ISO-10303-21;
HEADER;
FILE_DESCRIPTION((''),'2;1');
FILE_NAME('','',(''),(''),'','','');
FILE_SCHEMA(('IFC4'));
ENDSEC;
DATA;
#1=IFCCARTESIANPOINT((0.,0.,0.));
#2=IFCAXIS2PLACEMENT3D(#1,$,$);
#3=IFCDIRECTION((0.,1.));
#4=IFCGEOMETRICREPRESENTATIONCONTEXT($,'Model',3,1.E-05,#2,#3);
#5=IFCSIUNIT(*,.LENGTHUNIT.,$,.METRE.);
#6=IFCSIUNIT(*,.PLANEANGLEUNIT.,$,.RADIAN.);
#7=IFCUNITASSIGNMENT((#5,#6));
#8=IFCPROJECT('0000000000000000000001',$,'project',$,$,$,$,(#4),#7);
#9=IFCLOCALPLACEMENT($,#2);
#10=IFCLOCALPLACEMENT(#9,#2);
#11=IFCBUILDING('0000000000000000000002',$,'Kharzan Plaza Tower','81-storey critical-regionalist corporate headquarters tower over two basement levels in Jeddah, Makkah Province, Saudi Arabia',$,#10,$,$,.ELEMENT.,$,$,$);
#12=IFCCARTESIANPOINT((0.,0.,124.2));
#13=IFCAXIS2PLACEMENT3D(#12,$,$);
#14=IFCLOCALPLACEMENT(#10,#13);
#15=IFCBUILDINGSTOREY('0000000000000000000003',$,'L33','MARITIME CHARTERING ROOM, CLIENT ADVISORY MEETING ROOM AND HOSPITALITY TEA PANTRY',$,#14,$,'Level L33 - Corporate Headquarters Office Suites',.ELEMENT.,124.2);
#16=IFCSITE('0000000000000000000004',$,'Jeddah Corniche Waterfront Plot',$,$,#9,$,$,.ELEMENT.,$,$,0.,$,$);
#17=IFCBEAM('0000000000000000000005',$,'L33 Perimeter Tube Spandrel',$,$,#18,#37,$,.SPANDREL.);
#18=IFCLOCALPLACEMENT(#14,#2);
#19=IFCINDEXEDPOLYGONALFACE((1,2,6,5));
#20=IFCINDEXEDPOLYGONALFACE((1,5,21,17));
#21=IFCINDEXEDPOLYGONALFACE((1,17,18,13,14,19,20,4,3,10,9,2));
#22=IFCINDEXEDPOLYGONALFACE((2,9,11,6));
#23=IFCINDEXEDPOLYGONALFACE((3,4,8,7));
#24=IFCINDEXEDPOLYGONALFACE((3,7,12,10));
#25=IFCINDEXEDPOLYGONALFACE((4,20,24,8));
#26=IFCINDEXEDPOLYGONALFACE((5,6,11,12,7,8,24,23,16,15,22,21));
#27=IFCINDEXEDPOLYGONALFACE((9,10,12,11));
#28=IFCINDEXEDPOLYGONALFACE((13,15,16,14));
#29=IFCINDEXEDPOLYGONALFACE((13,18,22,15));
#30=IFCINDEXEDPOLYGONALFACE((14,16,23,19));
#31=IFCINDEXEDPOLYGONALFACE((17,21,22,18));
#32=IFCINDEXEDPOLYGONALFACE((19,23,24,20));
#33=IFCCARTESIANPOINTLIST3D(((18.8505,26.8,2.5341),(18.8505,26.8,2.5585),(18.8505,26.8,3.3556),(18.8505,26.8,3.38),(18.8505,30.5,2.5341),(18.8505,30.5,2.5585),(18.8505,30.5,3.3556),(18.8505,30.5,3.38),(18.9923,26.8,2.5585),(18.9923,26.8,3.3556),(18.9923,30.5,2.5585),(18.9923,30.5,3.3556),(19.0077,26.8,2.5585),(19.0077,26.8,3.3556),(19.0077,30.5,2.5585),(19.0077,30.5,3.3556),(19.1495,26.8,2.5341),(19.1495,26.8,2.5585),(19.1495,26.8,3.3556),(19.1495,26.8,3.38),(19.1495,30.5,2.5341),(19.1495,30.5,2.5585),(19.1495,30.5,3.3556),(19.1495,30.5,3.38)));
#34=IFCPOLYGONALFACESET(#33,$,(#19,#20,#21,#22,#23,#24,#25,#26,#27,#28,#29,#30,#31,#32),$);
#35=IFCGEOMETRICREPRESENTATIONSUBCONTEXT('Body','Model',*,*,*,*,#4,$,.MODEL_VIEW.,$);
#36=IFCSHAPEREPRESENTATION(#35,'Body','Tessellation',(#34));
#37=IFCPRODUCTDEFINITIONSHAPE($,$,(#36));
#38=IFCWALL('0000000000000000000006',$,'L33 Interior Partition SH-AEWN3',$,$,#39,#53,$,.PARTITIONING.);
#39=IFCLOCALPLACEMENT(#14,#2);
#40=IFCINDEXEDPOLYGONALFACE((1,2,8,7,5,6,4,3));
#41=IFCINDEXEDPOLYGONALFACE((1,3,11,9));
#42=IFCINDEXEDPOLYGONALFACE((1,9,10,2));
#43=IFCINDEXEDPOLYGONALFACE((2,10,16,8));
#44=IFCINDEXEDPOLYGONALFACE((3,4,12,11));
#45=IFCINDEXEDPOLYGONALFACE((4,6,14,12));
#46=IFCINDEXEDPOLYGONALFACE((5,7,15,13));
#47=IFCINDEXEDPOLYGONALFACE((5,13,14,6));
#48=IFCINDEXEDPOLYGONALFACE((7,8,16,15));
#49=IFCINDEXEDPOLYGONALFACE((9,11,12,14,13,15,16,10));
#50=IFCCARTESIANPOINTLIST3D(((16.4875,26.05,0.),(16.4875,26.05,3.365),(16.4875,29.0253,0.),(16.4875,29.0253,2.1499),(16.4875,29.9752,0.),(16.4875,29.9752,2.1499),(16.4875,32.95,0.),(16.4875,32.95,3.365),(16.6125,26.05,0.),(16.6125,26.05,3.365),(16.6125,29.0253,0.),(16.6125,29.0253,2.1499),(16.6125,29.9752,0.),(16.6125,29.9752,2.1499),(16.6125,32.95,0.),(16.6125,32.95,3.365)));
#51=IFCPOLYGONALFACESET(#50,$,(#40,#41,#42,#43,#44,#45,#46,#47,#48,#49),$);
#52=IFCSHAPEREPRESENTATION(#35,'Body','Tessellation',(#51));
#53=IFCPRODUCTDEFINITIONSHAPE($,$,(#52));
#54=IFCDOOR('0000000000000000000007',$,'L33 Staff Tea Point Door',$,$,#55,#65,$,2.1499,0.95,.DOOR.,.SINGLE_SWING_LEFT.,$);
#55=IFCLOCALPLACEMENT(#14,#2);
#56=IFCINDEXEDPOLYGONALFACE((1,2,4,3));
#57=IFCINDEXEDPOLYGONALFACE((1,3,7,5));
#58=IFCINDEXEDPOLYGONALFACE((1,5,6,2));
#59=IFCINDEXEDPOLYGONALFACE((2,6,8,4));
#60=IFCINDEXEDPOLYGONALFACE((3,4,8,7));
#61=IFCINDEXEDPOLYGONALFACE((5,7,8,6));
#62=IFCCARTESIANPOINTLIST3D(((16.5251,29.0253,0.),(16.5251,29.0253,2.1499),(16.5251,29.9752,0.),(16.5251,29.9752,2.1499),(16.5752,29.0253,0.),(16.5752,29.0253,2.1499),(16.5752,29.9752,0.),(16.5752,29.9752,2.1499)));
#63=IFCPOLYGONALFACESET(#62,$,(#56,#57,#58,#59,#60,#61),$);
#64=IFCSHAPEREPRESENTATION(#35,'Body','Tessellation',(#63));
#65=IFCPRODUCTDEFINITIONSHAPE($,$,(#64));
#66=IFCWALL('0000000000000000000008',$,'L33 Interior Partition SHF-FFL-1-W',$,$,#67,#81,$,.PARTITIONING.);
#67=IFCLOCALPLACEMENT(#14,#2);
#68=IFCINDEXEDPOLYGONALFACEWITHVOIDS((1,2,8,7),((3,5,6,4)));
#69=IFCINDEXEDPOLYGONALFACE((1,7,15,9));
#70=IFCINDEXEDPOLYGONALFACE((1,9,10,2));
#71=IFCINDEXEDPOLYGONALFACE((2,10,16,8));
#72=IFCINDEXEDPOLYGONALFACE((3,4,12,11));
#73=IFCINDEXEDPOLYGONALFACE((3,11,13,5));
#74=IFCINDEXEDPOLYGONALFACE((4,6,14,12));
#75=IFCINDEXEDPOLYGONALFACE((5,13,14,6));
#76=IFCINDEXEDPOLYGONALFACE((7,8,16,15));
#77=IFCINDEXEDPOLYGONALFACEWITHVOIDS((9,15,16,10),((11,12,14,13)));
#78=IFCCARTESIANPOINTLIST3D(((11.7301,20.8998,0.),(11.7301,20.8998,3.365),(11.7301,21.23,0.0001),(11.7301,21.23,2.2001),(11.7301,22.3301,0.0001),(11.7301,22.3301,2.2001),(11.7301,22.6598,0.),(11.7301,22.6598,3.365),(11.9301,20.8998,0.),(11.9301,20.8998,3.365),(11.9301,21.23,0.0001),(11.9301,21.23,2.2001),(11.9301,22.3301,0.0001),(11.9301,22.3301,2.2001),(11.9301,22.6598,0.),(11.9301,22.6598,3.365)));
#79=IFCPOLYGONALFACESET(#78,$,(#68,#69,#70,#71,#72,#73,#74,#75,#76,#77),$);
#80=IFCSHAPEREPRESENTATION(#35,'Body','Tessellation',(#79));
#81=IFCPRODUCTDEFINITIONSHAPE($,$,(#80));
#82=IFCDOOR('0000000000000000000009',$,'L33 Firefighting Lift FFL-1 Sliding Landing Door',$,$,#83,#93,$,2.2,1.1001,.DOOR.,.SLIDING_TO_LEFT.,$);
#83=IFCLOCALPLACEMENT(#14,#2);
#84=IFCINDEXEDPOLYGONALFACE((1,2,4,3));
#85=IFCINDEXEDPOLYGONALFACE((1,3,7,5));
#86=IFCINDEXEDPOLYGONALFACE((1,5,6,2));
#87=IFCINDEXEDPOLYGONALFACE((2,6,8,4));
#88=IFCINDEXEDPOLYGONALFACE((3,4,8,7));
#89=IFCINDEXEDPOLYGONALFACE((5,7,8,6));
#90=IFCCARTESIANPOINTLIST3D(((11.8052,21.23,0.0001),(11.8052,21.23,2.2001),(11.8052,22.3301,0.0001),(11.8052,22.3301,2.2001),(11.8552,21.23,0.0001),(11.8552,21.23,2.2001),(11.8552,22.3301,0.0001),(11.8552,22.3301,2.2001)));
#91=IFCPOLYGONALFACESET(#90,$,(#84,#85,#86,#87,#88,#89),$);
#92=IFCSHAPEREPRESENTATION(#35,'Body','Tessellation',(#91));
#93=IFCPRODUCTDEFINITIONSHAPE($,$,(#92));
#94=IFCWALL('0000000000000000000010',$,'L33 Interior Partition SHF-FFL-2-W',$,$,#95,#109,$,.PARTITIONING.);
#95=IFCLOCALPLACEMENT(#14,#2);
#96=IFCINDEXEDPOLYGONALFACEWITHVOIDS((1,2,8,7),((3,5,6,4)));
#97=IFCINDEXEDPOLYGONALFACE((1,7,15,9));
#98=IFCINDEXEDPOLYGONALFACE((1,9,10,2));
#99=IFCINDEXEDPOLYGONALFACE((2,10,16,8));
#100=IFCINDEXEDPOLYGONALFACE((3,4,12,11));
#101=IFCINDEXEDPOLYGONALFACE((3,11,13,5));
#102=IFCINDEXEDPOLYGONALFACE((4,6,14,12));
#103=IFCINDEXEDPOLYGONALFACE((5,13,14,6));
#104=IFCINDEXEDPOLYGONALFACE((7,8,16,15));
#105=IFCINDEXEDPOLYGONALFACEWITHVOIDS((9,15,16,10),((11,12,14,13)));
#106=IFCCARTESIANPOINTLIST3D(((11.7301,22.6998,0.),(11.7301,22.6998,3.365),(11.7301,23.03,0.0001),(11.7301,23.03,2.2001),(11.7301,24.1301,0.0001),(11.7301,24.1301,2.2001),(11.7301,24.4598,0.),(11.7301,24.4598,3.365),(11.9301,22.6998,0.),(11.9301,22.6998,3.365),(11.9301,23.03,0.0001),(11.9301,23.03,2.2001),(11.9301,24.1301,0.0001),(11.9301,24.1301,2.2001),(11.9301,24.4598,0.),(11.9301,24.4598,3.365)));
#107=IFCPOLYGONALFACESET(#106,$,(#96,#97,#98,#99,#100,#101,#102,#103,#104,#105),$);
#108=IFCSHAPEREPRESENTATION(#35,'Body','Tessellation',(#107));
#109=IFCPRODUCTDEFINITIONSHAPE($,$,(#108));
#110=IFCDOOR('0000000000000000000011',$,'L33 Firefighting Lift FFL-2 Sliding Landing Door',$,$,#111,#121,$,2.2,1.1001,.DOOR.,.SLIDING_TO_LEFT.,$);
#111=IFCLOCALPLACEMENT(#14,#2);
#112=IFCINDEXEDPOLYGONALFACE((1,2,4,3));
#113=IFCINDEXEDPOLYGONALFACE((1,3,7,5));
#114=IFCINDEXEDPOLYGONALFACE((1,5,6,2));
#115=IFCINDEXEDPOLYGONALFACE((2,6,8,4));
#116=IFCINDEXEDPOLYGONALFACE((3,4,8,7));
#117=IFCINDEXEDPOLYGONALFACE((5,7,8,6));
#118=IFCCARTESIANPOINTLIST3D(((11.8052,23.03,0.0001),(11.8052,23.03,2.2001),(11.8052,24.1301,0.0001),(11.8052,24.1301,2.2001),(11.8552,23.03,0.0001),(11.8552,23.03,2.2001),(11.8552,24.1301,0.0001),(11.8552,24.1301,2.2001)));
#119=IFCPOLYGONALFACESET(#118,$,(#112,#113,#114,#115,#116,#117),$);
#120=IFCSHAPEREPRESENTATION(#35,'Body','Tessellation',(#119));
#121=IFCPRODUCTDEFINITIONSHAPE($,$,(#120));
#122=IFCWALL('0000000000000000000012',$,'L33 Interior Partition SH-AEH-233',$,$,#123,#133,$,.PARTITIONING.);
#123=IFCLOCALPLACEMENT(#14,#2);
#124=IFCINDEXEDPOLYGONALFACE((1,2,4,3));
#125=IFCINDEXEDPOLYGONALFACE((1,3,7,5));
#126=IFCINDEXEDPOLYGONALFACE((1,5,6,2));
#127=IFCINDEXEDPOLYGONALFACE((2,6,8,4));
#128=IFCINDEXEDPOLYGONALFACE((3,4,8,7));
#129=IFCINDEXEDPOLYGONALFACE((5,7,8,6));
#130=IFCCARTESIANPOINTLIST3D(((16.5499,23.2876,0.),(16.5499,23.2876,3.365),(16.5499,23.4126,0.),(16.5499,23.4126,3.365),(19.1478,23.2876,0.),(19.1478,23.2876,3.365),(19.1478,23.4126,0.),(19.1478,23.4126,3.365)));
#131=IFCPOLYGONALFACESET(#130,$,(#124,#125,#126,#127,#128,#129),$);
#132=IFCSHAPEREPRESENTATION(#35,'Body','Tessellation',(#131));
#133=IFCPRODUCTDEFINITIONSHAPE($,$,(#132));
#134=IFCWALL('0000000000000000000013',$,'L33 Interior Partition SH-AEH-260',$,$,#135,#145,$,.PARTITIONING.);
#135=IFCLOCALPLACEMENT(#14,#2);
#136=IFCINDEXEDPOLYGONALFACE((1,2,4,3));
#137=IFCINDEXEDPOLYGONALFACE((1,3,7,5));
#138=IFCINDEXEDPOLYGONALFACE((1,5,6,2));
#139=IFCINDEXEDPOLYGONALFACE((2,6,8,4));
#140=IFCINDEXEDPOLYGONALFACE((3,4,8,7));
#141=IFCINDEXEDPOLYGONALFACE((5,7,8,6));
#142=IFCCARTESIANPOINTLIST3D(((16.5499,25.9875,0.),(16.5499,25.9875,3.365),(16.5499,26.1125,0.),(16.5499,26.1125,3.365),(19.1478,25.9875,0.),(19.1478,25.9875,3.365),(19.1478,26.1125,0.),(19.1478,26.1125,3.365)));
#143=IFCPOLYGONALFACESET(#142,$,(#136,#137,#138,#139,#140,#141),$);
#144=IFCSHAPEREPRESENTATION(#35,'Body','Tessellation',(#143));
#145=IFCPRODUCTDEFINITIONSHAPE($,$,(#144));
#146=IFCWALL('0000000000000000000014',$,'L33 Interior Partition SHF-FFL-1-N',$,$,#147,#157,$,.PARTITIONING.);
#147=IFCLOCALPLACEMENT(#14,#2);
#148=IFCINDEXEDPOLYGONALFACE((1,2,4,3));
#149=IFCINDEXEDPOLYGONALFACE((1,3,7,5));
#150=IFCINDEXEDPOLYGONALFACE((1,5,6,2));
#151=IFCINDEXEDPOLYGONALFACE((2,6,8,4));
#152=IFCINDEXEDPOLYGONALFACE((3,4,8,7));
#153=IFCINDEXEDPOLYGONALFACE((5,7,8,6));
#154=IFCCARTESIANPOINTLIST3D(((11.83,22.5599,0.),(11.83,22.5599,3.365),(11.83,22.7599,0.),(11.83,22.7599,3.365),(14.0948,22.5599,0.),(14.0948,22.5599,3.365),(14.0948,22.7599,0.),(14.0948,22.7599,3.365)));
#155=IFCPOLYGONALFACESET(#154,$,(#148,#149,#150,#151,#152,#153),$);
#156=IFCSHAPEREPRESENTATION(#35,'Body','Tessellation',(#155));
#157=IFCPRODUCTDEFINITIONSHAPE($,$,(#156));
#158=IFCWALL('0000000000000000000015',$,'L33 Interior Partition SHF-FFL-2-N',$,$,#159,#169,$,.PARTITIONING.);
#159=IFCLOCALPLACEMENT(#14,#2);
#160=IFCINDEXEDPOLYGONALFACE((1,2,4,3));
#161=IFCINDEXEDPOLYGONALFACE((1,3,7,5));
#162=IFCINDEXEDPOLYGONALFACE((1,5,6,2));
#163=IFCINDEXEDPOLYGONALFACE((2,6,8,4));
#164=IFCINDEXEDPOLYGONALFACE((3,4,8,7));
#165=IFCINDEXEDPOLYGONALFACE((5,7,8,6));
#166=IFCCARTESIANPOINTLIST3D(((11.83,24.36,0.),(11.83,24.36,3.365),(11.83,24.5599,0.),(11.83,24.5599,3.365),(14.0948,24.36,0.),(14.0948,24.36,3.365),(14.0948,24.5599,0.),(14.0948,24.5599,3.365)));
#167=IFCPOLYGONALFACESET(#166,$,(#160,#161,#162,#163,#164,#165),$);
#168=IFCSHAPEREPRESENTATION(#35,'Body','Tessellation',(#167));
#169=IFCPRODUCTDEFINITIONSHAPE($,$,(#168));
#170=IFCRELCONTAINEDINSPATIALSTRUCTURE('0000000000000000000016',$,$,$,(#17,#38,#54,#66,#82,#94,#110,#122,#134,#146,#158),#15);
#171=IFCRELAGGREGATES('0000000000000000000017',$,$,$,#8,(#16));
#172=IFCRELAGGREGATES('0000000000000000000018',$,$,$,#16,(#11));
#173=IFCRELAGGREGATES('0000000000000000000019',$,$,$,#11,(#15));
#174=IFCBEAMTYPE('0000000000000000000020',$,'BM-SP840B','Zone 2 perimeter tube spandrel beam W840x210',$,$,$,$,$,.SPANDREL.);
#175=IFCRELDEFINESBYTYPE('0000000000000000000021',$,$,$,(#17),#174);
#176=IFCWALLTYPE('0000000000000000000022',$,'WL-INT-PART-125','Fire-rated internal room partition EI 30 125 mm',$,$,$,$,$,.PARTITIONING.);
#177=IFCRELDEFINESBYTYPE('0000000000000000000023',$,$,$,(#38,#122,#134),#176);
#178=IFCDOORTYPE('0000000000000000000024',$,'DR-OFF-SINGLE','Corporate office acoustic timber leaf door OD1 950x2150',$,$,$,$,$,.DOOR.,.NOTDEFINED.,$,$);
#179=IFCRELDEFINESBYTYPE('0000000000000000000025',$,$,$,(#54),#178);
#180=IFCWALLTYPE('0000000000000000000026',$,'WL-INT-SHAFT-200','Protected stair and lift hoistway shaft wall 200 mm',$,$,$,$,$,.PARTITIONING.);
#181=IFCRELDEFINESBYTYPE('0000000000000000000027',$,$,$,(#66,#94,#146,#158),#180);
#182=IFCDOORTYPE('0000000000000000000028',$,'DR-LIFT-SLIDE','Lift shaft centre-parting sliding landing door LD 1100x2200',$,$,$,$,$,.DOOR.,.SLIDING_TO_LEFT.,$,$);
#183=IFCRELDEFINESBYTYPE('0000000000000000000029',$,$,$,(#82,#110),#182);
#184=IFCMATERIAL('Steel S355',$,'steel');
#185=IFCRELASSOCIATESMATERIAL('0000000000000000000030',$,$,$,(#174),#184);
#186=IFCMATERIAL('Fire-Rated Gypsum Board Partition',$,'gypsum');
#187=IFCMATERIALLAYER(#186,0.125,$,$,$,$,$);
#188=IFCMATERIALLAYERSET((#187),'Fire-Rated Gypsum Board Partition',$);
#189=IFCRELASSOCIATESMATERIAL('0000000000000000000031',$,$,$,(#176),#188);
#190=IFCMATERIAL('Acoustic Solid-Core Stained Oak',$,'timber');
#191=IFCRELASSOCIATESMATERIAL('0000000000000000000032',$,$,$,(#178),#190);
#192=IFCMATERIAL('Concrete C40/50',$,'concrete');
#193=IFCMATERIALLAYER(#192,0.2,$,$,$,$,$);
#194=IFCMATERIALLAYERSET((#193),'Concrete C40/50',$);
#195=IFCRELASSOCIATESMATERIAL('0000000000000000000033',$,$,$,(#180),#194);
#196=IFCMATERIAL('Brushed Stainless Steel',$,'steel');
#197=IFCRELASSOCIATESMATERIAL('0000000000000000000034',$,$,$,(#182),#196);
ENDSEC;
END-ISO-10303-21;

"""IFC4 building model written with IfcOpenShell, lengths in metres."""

from ifc_helpers import new_model, si_unit, direction, frame, frame_2d, origin, origin_2d, place, context, subcontext, project, spatial, rectangle, i_section, extrude, source, transform, mapped, material, layer, layer_set, material_profile, profile_set, type_object, element, fill, save


model = new_model("IFC4")

# Units and contexts
model_context = context("Model", 3, precision=1e-05, world=origin(), true_north=direction((0.0, 1.0)))
body_context = subcontext(model_context, "Body", "Model", "MODEL_VIEW")
ifc_project = project(units=[si_unit("LENGTHUNIT", "METRE"), si_unit("PLANEANGLEUNIT", "RADIAN")], contexts=[model_context])

# Site, building, storey
site_placement = place(None, origin())
site = spatial("IfcSite", under=ifc_project, at=site_placement, Name="Jeddah Corniche Waterfront Plot", CompositionType="ELEMENT", RefElevation=0.0)
building_placement = place(site_placement, origin())
building = spatial("IfcBuilding", under=site, at=building_placement, Name="Kharzan Plaza Tower", Description="81-storey critical-regionalist corporate headquarters tower over two basement levels in Jeddah, Makkah Province, Saudi Arabia", CompositionType="ELEMENT")
storey_placement = place(building_placement, frame((0.0, 0.0, 124.2)))
storey = spatial("IfcBuildingStorey", under=building, at=storey_placement, Name="L33", Description="MARITIME CHARTERING ROOM, CLIENT ADVISORY MEETING ROOM AND HOSPITALITY TEA PANTRY", LongName="Level L33 - Corporate Headquarters Office Suites", CompositionType="ELEMENT", Elevation=124.2)

# Beam
ifc_material_1 = material(Name="Steel S355", Category="steel")
ifc_material_profile_1 = material_profile(ifc_material_1, i_section(OverallWidth=0.2991, OverallDepth=0.8459, WebThickness=0.0154, FlangeThickness=0.0244, at=origin_2d()), Name="W840x210")
ifc_profile_set_1 = profile_set([ifc_material_profile_1], Name="Steel S355")
beam_type_1 = type_object("IfcBeamType", Name="BM-SP840B", Description="Zone 2 perimeter tube spandrel beam W840x210", PredefinedType="SPANDREL", material=ifc_profile_set_1)
shared_shape_1 = source(origin(), body_context, "Body", "SweptSolid", [
    extrude(i_section(OverallWidth=0.2991, OverallDepth=0.8459, WebThickness=0.0154, FlangeThickness=0.0244, at=origin_2d()), origin(), (0.0, 0.0, 1.0), 3.7),
])
beam_1_placement = place(storey_placement, frame((19.0, 26.8, 2.957), z_axis=(0.0, 1.0, 0.0), x_axis=(-1.0, 0.0, 0.0)))
element("IfcBeam", 1, at=beam_1_placement, inside=storey, type_object=beam_type_1, Name="L33 Perimeter Tube Spandrel", PredefinedType="SPANDREL", context=body_context, shape_type="MappedRepresentation", body=[
    mapped(shared_shape_1, transform((0.0, 0.0, 0.0), x_axis=(1.0, 0.0, 0.0), y_axis=(0.0, 1.0, 0.0), z_axis=(0.0, 0.0, 1.0))),
])

# Walls, openings, doors
ifc_material_2 = material(Name="Concrete C40/50", Category="concrete")
ifc_material_3 = material(Name="Fire-Rated Gypsum Board Partition", Category="gypsum")
ifc_layer_1 = layer(ifc_material_3, 0.125)
ifc_layer_set_1 = layer_set([ifc_layer_1], Name="Fire-Rated Gypsum Board Partition")
wall_type_1 = type_object("IfcWallType", Name="WL-INT-PART-125", Description="Fire-rated internal room partition EI 30 125 mm", PredefinedType="PARTITIONING", material=ifc_layer_set_1)
wall_1_placement = place(storey_placement, frame((16.55, 26.05, 0.0), z_axis=(0.0, 0.0, 1.0), x_axis=(0.0, 1.0, 0.0)))
wall_1 = element("IfcWall", 2, at=wall_1_placement, inside=storey, type_object=wall_type_1, Name="L33 Interior Partition SH-AEWN3", PredefinedType="PARTITIONING", context=body_context, shape_type="SweptSolid", body=[
    extrude(rectangle(XDim=6.8999, YDim=0.125, at=frame_2d((3.45, 0.0))), origin(), (0.0, 0.0, 1.0), 3.365),
])
opening_1_placement = place(wall_1_placement, frame((2.9751, 0.0, 0.0)))
opening_1 = element("IfcOpeningElement", 3, at=opening_1_placement, cuts=wall_1, PredefinedType="OPENING", context=body_context, shape_type="SweptSolid", body=[
    extrude(rectangle(XDim=0.95, YDim=2.1499, at=frame_2d((0.4751, 1.075))), frame((0.0, 0.0725, 0.0), z_axis=(0.0, -1.0, 0.0), x_axis=(1.0, 0.0, 0.0)), (0.0, 0.0, 1.0), 0.145),
])
ifc_material_4 = material(Name="Acoustic Solid-Core Stained Oak", Category="timber")
door_type_1 = type_object("IfcDoorType", Name="DR-OFF-SINGLE", Description="Corporate office acoustic timber leaf door OD1 950x2150", OperationType="NOTDEFINED", PredefinedType="DOOR", material=ifc_material_4)
shared_shape_2 = source(origin(), body_context, "Body", "SweptSolid", [
    extrude(rectangle(XDim=0.95, YDim=2.1499, at=frame_2d((0.4751, 1.075))), frame((0.0, 0.0249, 0.0), z_axis=(0.0, -1.0, 0.0), x_axis=(1.0, 0.0, 0.0)), (0.0, 0.0, 1.0), 0.05),
])
door_1_placement = place(opening_1_placement, origin())
door_1 = element("IfcDoor", 4, at=door_1_placement, inside=storey, type_object=door_type_1, Name="L33 Staff Tea Point Door", OperationType="SINGLE_SWING_LEFT", OverallHeight=2.1499, OverallWidth=0.95, PredefinedType="DOOR", context=body_context, shape_type="MappedRepresentation", body=[
    mapped(shared_shape_2, transform((0.0, 0.0, 0.0), x_axis=(1.0, 0.0, 0.0), y_axis=(0.0, 1.0, 0.0), z_axis=(0.0, 0.0, 1.0))),
])
fill(opening_1, door_1)
ifc_layer_2 = layer(ifc_material_2, 0.2)
ifc_layer_set_2 = layer_set([ifc_layer_2], Name="Concrete C40/50")
wall_type_2 = type_object("IfcWallType", Name="WL-INT-SHAFT-200", Description="Protected stair and lift hoistway shaft wall 200 mm", PredefinedType="PARTITIONING", material=ifc_layer_set_2)
wall_2_placement = place(storey_placement, frame((11.8301, 20.8999, 0.0), z_axis=(0.0, 0.0, 1.0), x_axis=(0.0, 1.0, 0.0)))
wall_2 = element("IfcWall", 5, at=wall_2_placement, inside=storey, type_object=wall_type_2, Name="L33 Interior Partition SHF-FFL-1-W", PredefinedType="PARTITIONING", context=body_context, shape_type="SweptSolid", body=[
    extrude(rectangle(XDim=1.76, YDim=0.2, at=frame_2d((0.8799, 0.0))), origin(), (0.0, 0.0, 1.0), 3.365),
])
opening_2_placement = place(wall_2_placement, frame((0.3301, 0.0, 0.0)))
opening_2 = element("IfcOpeningElement", 6, at=opening_2_placement, cuts=wall_2, PredefinedType="OPENING", context=body_context, shape_type="SweptSolid", body=[
    extrude(rectangle(XDim=1.1001, YDim=2.2, at=frame_2d((0.55, 1.1001))), frame((0.0, 0.1099, 0.0), z_axis=(0.0, -1.0, 0.0), x_axis=(1.0, 0.0, 0.0)), (0.0, 0.0, 1.0), 0.22),
])
ifc_material_5 = material(Name="Brushed Stainless Steel", Category="steel")
door_type_2 = type_object("IfcDoorType", Name="DR-LIFT-SLIDE", Description="Lift shaft centre-parting sliding landing door LD 1100x2200", OperationType="SLIDING_TO_LEFT", PredefinedType="DOOR", material=ifc_material_5)
shared_shape_3 = source(origin(), body_context, "Body", "SweptSolid", [
    extrude(rectangle(XDim=1.1001, YDim=2.2, at=frame_2d((0.55, 1.1001))), frame((0.0, 0.0249, 0.0), z_axis=(0.0, -1.0, 0.0), x_axis=(1.0, 0.0, 0.0)), (0.0, 0.0, 1.0), 0.05),
])
door_2_placement = place(opening_2_placement, origin())
door_2 = element("IfcDoor", 7, at=door_2_placement, inside=storey, type_object=door_type_2, Name="L33 Firefighting Lift FFL-1 Sliding Landing Door", OperationType="SLIDING_TO_LEFT", OverallHeight=2.2, OverallWidth=1.1001, PredefinedType="DOOR", context=body_context, shape_type="MappedRepresentation", body=[
    mapped(shared_shape_3, transform((0.0, 0.0, 0.0), x_axis=(1.0, 0.0, 0.0), y_axis=(0.0, 1.0, 0.0), z_axis=(0.0, 0.0, 1.0))),
])
fill(opening_2, door_2)
wall_3_placement = place(storey_placement, frame((11.8301, 22.7, 0.0), z_axis=(0.0, 0.0, 1.0), x_axis=(0.0, 1.0, 0.0)))
wall_3 = element("IfcWall", 8, at=wall_3_placement, inside=storey, type_object=wall_type_2, Name="L33 Interior Partition SHF-FFL-2-W", PredefinedType="PARTITIONING", context=body_context, shape_type="SweptSolid", body=[
    extrude(rectangle(XDim=1.76, YDim=0.2, at=frame_2d((0.8799, 0.0))), origin(), (0.0, 0.0, 1.0), 3.365),
])
opening_3_placement = place(wall_3_placement, frame((0.3301, 0.0, 0.0)))
opening_3 = element("IfcOpeningElement", 9, at=opening_3_placement, cuts=wall_3, PredefinedType="OPENING", context=body_context, shape_type="SweptSolid", body=[
    extrude(rectangle(XDim=1.1001, YDim=2.2, at=frame_2d((0.55, 1.1001))), frame((0.0, 0.1099, 0.0), z_axis=(0.0, -1.0, 0.0), x_axis=(1.0, 0.0, 0.0)), (0.0, 0.0, 1.0), 0.22),
])
door_3_placement = place(opening_3_placement, origin())
door_3 = element("IfcDoor", 10, at=door_3_placement, inside=storey, type_object=door_type_2, Name="L33 Firefighting Lift FFL-2 Sliding Landing Door", OperationType="SLIDING_TO_LEFT", OverallHeight=2.2, OverallWidth=1.1001, PredefinedType="DOOR", context=body_context, shape_type="MappedRepresentation", body=[
    mapped(shared_shape_3, transform((0.0, 0.0, 0.0), x_axis=(1.0, 0.0, 0.0), y_axis=(0.0, 1.0, 0.0), z_axis=(0.0, 0.0, 1.0))),
])
fill(opening_3, door_3)

# Walls
shared_shape_4 = source(origin(), body_context, "Body", "SweptSolid", [
    extrude(rectangle(XDim=2.5979, YDim=0.125, at=frame_2d((1.2988, 0.0))), origin(), (0.0, 0.0, 1.0), 3.365),
])
for number, where, z_axis, x_axis, name in (
    (11, (16.55, 23.3501, 0.0), (0.0, 0.0, 1.0), (1.0, 0.0, 0.0), "L33 Interior Partition SH-AEH-233"),
    (12, (16.55, 26.05, 0.0), (0.0, 0.0, 1.0), (1.0, 0.0, 0.0), "L33 Interior Partition SH-AEH-260"),
):
    element("IfcWall", number, at=place(storey_placement, frame(where, z_axis=z_axis, x_axis=x_axis)), inside=storey, type_object=wall_type_1, Name=name, PredefinedType="PARTITIONING", context=body_context, shape_type="MappedRepresentation", body=[
        mapped(shared_shape_4, transform((0.0, 0.0, 0.0), x_axis=(1.0, 0.0, 0.0), y_axis=(0.0, 1.0, 0.0), z_axis=(0.0, 0.0, 1.0))),
    ])
shared_shape_5 = source(origin(), body_context, "Body", "SweptSolid", [
    extrude(rectangle(XDim=2.2649, YDim=0.2, at=frame_2d((1.1323, 0.0))), origin(), (0.0, 0.0, 1.0), 3.365),
])
for number, where, z_axis, x_axis, name in (
    (13, (11.8301, 22.6599, 0.0), (0.0, 0.0, 1.0), (1.0, 0.0, 0.0), "L33 Interior Partition SHF-FFL-1-N"),
    (14, (11.8301, 24.46, 0.0), (0.0, 0.0, 1.0), (1.0, 0.0, 0.0), "L33 Interior Partition SHF-FFL-2-N"),
):
    element("IfcWall", number, at=place(storey_placement, frame(where, z_axis=z_axis, x_axis=x_axis)), inside=storey, type_object=wall_type_2, Name=name, PredefinedType="PARTITIONING", context=body_context, shape_type="MappedRepresentation", body=[
        mapped(shared_shape_5, transform((0.0, 0.0, 0.0), x_axis=(1.0, 0.0, 0.0), y_axis=(0.0, 1.0, 0.0), z_axis=(0.0, 0.0, 1.0))),
    ])

save(model, "model.ifc")
